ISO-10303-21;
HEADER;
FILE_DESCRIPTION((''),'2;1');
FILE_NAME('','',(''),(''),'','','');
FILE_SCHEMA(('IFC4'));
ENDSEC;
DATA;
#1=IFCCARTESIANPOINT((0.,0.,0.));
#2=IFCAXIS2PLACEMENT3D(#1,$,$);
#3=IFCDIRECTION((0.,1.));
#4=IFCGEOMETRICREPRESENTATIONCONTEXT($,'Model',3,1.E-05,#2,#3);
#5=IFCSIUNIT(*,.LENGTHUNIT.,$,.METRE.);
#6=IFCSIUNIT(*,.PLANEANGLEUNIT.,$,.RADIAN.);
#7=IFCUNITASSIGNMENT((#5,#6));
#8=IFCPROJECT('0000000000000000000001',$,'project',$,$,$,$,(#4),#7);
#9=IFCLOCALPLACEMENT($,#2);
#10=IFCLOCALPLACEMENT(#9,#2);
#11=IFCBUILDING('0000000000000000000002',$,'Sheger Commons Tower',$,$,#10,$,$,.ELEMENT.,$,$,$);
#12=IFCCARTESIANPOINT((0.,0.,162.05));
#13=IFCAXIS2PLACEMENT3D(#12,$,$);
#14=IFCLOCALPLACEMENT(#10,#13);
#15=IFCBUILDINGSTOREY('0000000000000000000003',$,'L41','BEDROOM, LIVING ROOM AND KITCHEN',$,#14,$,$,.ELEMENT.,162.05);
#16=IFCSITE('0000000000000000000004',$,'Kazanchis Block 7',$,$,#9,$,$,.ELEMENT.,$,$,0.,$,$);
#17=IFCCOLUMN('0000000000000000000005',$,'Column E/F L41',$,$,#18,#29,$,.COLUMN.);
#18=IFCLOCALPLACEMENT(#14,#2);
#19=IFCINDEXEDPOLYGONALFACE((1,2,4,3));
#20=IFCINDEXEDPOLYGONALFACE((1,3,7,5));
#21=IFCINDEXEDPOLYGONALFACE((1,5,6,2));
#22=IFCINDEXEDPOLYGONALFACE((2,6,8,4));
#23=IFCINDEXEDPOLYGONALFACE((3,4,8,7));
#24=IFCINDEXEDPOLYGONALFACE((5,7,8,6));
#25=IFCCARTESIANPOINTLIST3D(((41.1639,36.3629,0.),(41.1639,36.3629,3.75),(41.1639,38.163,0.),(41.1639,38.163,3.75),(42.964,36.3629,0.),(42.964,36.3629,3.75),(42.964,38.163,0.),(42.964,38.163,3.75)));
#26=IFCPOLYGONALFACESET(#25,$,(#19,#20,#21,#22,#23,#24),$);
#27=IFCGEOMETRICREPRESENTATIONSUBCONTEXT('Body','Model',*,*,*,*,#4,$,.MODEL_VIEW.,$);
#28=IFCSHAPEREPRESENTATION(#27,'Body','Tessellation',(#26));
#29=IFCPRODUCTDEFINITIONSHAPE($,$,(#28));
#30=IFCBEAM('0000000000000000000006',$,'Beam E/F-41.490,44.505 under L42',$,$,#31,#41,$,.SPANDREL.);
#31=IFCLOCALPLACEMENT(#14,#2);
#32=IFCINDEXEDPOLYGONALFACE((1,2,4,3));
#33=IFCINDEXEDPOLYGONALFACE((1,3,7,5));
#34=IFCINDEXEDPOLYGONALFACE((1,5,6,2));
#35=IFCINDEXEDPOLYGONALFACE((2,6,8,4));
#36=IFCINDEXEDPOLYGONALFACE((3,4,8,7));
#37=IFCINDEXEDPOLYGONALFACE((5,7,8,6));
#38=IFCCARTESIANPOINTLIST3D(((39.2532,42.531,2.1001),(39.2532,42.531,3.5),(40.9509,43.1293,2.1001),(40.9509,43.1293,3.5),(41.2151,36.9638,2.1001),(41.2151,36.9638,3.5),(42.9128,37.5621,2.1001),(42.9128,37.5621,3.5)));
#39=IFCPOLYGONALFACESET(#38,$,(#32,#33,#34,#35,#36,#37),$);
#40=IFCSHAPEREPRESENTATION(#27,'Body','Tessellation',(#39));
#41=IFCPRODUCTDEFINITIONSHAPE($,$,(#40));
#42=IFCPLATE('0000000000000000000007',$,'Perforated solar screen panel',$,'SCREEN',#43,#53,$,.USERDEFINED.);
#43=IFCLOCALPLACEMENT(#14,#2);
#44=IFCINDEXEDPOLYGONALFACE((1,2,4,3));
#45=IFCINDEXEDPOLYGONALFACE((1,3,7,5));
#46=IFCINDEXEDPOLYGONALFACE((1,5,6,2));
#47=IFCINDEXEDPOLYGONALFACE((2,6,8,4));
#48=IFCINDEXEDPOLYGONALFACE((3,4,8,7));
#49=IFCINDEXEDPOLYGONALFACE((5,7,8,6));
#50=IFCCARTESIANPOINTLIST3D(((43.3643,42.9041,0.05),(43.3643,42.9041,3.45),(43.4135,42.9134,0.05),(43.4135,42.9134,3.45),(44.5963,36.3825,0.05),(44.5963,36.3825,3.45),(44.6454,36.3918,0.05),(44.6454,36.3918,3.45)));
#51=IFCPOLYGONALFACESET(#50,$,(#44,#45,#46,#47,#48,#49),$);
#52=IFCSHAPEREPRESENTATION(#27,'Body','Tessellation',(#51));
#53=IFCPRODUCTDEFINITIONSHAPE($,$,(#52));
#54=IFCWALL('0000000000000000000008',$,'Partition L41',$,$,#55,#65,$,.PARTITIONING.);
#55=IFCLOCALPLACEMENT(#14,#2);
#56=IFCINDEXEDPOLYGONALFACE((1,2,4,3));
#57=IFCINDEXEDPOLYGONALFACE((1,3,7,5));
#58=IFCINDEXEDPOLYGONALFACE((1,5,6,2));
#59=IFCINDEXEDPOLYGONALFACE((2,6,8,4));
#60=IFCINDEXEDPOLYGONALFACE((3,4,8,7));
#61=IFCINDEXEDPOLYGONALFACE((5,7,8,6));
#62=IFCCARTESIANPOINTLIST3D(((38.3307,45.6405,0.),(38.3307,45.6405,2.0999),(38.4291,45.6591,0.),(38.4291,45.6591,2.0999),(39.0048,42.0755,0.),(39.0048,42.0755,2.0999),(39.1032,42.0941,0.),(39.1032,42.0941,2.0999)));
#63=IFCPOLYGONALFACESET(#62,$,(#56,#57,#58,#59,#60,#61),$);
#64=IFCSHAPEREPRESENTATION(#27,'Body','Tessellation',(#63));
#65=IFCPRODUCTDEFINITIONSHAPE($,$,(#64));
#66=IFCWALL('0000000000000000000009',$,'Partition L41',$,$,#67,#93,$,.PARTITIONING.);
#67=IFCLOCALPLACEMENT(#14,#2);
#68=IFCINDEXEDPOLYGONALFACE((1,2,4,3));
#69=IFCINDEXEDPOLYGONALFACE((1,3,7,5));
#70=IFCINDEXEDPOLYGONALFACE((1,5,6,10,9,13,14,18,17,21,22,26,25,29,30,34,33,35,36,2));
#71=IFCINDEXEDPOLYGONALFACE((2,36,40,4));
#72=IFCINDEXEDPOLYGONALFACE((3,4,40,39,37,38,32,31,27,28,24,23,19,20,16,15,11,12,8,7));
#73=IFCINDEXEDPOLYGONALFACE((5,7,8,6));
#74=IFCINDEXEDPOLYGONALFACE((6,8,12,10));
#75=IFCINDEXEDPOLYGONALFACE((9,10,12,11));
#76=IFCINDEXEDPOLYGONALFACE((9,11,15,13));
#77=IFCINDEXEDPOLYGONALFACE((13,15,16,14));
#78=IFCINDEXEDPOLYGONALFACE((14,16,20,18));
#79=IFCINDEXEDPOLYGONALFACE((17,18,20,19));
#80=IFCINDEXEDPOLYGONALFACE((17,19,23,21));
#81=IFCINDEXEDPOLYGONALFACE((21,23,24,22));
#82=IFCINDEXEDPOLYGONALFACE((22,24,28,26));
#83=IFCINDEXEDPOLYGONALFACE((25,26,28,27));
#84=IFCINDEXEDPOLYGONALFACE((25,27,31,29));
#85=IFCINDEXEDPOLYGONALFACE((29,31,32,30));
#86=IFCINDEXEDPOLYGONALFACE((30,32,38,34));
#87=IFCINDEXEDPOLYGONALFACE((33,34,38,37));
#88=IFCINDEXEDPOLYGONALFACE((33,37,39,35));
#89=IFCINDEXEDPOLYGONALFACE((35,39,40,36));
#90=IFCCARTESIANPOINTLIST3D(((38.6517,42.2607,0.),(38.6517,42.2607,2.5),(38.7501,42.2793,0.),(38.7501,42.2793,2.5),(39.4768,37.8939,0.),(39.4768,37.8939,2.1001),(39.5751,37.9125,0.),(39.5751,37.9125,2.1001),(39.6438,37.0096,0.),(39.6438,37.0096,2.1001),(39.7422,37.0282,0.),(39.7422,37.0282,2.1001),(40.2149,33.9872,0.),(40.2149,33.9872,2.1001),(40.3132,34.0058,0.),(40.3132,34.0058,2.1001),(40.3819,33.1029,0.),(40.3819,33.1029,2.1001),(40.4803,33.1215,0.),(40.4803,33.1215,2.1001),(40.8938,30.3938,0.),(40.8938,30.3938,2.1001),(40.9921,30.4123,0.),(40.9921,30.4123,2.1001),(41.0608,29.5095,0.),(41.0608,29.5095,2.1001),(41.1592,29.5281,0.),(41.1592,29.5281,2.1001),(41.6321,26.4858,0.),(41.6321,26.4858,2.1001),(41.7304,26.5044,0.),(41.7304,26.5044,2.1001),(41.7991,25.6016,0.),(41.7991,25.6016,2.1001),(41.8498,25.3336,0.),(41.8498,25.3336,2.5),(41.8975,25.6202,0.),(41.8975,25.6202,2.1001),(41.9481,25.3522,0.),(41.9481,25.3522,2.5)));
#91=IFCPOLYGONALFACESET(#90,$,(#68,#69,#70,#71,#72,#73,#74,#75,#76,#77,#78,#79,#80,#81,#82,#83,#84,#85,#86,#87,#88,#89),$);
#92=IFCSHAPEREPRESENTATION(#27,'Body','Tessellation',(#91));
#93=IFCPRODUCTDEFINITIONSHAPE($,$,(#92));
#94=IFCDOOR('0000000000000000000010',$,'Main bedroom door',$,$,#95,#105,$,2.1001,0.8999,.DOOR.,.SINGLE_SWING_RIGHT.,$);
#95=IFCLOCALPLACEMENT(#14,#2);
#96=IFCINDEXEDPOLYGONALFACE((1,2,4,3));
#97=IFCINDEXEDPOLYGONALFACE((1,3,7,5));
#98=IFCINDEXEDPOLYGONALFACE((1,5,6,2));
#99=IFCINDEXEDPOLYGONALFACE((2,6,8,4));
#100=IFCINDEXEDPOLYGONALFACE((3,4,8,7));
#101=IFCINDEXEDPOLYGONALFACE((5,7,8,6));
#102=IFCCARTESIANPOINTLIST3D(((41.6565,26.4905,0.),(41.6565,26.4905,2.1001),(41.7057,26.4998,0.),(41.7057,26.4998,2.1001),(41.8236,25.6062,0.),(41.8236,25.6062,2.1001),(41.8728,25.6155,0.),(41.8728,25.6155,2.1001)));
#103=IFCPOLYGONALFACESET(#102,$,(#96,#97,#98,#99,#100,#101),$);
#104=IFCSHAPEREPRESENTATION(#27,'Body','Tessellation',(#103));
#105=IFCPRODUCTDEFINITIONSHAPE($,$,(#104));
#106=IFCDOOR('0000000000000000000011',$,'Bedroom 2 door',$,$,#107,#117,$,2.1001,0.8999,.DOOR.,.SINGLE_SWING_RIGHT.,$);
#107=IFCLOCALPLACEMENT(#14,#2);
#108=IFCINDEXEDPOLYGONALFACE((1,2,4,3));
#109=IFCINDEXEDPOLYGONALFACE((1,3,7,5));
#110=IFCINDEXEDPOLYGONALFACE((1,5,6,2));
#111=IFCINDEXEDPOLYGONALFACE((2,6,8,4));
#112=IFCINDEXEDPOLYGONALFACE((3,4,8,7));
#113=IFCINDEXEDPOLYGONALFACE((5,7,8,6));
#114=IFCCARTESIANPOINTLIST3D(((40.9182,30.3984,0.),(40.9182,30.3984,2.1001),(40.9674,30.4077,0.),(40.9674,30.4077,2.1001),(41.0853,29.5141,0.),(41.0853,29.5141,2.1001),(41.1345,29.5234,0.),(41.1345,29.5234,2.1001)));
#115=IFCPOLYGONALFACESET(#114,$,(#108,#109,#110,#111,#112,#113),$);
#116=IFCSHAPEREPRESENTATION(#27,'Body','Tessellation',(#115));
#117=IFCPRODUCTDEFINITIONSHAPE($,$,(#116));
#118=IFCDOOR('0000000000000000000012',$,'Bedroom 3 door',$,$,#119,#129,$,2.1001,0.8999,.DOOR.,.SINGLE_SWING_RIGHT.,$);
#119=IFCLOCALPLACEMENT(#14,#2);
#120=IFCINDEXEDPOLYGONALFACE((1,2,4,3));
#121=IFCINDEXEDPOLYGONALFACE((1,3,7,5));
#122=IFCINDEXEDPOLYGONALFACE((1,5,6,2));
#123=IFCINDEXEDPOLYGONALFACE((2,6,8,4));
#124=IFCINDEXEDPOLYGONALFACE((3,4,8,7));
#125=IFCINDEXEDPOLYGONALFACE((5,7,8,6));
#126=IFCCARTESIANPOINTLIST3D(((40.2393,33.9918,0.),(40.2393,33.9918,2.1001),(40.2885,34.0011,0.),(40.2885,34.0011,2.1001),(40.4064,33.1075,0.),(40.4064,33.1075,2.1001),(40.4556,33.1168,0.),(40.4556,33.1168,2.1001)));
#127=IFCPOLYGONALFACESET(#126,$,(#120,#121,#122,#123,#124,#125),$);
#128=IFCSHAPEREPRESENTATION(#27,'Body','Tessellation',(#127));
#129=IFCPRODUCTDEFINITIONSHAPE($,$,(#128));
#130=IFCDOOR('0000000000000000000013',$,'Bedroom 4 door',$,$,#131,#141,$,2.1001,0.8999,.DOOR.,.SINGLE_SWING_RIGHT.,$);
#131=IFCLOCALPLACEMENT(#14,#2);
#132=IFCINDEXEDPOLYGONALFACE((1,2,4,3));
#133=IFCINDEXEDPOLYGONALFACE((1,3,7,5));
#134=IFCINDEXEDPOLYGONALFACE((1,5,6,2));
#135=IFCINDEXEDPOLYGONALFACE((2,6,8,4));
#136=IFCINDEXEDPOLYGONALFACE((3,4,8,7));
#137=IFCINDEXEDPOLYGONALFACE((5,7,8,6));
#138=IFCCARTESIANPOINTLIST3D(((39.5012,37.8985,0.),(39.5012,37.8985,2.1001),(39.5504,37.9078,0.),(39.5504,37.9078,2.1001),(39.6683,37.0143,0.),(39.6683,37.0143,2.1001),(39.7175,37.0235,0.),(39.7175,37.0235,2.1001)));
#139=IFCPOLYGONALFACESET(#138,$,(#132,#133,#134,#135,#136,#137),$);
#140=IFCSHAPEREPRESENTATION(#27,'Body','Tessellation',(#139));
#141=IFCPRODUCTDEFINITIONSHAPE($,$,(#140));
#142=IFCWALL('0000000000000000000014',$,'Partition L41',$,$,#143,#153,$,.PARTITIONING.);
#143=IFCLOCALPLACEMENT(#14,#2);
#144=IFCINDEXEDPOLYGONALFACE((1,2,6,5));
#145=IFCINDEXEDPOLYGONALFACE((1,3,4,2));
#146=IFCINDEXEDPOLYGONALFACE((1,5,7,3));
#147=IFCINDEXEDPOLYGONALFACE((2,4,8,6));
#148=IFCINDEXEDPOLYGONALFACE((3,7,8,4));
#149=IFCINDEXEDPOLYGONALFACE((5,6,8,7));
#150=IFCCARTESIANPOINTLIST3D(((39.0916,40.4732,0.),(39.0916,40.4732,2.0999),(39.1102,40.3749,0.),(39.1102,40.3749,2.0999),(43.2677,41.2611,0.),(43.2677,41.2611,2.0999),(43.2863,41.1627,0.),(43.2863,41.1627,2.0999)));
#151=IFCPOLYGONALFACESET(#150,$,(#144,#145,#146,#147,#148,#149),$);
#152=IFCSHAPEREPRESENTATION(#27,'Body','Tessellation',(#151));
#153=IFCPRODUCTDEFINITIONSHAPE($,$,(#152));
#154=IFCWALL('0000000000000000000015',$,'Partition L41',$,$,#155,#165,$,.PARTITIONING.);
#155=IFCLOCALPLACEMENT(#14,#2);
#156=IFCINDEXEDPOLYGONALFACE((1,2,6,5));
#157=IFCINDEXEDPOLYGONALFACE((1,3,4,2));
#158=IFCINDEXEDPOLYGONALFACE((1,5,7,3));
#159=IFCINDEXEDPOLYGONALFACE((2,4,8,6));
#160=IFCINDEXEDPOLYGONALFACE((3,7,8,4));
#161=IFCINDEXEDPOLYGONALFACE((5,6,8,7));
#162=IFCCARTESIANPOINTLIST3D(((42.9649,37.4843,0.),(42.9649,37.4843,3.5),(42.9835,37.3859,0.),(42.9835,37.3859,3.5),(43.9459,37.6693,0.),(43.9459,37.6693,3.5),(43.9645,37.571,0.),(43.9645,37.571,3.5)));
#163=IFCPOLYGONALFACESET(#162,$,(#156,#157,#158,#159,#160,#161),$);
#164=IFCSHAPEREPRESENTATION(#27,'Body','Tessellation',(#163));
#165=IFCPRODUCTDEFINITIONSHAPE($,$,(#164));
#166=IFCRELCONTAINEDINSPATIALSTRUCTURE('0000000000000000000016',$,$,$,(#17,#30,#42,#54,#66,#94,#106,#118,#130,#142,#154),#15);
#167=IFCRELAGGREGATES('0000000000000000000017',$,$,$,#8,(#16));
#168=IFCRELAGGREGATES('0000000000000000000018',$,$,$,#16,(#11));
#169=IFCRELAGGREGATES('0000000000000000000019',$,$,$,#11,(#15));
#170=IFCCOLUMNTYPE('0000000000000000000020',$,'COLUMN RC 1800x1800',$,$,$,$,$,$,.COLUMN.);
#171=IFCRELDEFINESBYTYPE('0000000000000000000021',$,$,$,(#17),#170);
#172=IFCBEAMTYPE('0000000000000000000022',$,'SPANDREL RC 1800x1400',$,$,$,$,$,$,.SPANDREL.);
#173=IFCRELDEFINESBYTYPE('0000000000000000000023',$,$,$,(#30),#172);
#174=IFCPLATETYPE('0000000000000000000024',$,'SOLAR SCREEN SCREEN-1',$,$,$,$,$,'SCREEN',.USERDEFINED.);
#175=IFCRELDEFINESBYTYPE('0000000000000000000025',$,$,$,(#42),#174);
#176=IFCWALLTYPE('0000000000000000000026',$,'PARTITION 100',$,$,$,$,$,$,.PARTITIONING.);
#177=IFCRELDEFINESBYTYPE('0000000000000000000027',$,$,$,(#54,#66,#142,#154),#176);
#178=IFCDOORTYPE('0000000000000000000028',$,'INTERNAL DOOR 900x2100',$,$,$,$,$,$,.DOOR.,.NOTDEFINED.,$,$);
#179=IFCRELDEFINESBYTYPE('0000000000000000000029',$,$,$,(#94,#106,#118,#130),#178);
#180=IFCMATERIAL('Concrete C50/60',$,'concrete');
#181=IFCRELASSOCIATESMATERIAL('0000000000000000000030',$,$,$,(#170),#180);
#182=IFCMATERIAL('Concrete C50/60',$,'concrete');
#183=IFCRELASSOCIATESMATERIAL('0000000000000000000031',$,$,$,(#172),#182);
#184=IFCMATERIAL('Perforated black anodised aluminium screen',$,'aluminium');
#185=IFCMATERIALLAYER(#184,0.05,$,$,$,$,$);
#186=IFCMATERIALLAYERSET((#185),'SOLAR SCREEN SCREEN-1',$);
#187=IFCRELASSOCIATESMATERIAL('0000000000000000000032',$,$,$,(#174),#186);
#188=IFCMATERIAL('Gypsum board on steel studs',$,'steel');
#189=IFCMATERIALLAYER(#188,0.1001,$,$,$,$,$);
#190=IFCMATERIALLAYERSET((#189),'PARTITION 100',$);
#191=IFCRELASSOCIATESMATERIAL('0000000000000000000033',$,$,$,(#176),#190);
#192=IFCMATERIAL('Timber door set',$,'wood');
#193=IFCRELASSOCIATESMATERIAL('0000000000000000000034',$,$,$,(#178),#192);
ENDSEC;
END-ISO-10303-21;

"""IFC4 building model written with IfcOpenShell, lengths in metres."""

from ifc_helpers import new_model, si_unit, direction, frame, frame_2d, origin, origin_2d, place, context, subcontext, project, spatial, rectangle, extrude, material, layer, layer_set, material_profile, profile_set, type_object, element, fill, save


model = new_model("IFC4")

# Units and contexts
model_context = context("Model", 3, precision=1e-05, world=origin(), true_north=direction((0.0, 1.0)))
body_context = subcontext(model_context, "Body", "Model", "MODEL_VIEW")
ifc_project = project(units=[si_unit("LENGTHUNIT", "METRE"), si_unit("PLANEANGLEUNIT", "RADIAN")], contexts=[model_context])

# Site, building, storey
site_placement = place(None, origin())
site = spatial("IfcSite", under=ifc_project, at=site_placement, Name="Kazanchis Block 7", CompositionType="ELEMENT", RefElevation=0.0)
building_placement = place(site_placement, origin())
building = spatial("IfcBuilding", under=site, at=building_placement, Name="Sheger Commons Tower", CompositionType="ELEMENT")
storey_placement = place(building_placement, frame((0.0, 0.0, 162.05)))
storey = spatial("IfcBuildingStorey", under=building, at=storey_placement, Name="L41", Description="BEDROOM, LIVING ROOM AND KITCHEN", CompositionType="ELEMENT", Elevation=162.05)

# Column
ifc_material_1 = material(Name="Concrete C50/60", Category="concrete")
ifc_material_profile_1 = material_profile(ifc_material_1, rectangle(XDim=1.8, YDim=1.8, at=origin_2d()), Name="RC 1800x1800")
ifc_profile_set_1 = profile_set([ifc_material_profile_1], Name="Concrete C50/60")
column_type = type_object("IfcColumnType", Name="COLUMN RC 1800x1800", PredefinedType="COLUMN", material=ifc_profile_set_1)
column_placement = place(storey_placement, frame((42.064, 37.2629, 0.0), z_axis=(0.0, 0.0, 1.0), x_axis=(1.0, 0.0, 0.0)))
element("IfcColumn", 1, at=column_placement, inside=storey, type_object=column_type, Name="Column E/F L41", PredefinedType="COLUMN", context=body_context, shape_type="SweptSolid", body=[
    extrude(rectangle(XDim=1.8, YDim=1.8, at=origin_2d()), origin(), (0.0, 0.0, 1.0), 3.75),
])

# Beam
ifc_material_2 = material(Name="Concrete C50/60", Category="concrete")
ifc_material_profile_2 = material_profile(ifc_material_2, rectangle(XDim=1.8, YDim=1.3999, at=origin_2d()), Name="RC 1800x1400")
ifc_profile_set_2 = profile_set([ifc_material_profile_2], Name="Concrete C50/60")
beam_type = type_object("IfcBeamType", Name="SPANDREL RC 1800x1400", PredefinedType="SPANDREL", material=ifc_profile_set_2)
beam_placement = place(storey_placement, frame((42.064, 37.2629, 2.8), z_axis=(-0.332374, 0.943148, 0.0), x_axis=(-0.943148, -0.332374, 0.0)))
element("IfcBeam", 2, at=beam_placement, inside=storey, type_object=beam_type, Name="Beam E/F-41.490,44.505 under L42", PredefinedType="SPANDREL", context=body_context, shape_type="SweptSolid", body=[
    extrude(rectangle(XDim=1.8, YDim=1.3999, at=origin_2d()), origin(), (0.0, 0.0, 1.0), 5.9028),
])

# Plate
ifc_material_3 = material(Name="Perforated black anodised aluminium screen", Category="aluminium")
ifc_layer_1 = layer(ifc_material_3, 0.05)
ifc_layer_set_1 = layer_set([ifc_layer_1], Name="SOLAR SCREEN SCREEN-1")
plate_type = type_object("IfcPlateType", Name="SOLAR SCREEN SCREEN-1", ElementType="SCREEN", PredefinedType="USERDEFINED", material=ifc_layer_set_1)
plate_placement = place(storey_placement, frame((44.0049, 39.6479, 0.05), z_axis=(0.0, 0.0, 1.0), x_axis=(-0.185615, 0.982623, 0.0)))
element("IfcPlate", 3, at=plate_placement, inside=storey, type_object=plate_type, Name="Perforated solar screen panel", ObjectType="SCREEN", PredefinedType="USERDEFINED", context=body_context, shape_type="SweptSolid", body=[
    extrude(rectangle(XDim=6.637, YDim=0.05, at=origin_2d()), origin(), (0.0, 0.0, 1.0), 3.3999),
])

# Wall
ifc_material_4 = material(Name="Gypsum board on steel studs", Category="steel")
ifc_layer_2 = layer(ifc_material_4, 0.1001)
ifc_layer_set_2 = layer_set([ifc_layer_2], Name="PARTITION 100")
wall_type = type_object("IfcWallType", Name="PARTITION 100", PredefinedType="PARTITIONING", material=ifc_layer_set_2)
wall_1_placement = place(storey_placement, frame((39.054, 42.085, 0.0), z_axis=(0.0, 0.0, 1.0), x_axis=(-0.185792, 0.982589, 0.0)))
element("IfcWall", 4, at=wall_1_placement, inside=storey, type_object=wall_type, Name="Partition L41", PredefinedType="PARTITIONING", context=body_context, shape_type="SweptSolid", body=[
    extrude(rectangle(XDim=3.6282, YDim=0.1001, at=frame_2d((1.814, 0.0))), origin(), (0.0, 0.0, 1.0), 2.0999),
])

# Wall, openings, doors
wall_2_placement = place(storey_placement, frame((38.7009, 42.27, 0.0), z_axis=(0.0, 0.0, 1.0), x_axis=(0.185645, -0.982617, 0.0)))
wall_2 = element("IfcWall", 5, at=wall_2_placement, inside=storey, type_object=wall_type, Name="Partition L41", PredefinedType="PARTITIONING", context=body_context, shape_type="SweptSolid", body=[
    extrude(rectangle(XDim=17.2266, YDim=0.1001, at=frame_2d((8.6133, 0.0))), origin(), (0.0, 0.0, 1.0), 2.5),
])
opening_1_placement = place(wall_2_placement, frame((16.054, 0.0, 0.0)))
opening_1 = element("IfcOpeningElement", 6, at=opening_1_placement, cuts=wall_2, PredefinedType="OPENING", context=body_context, shape_type="SweptSolid", body=[
    extrude(rectangle(XDim=0.8999, YDim=2.1001, at=frame_2d((0.45, 1.05))), frame((0.0, 0.0601, 0.0), z_axis=(0.0, -1.0, 0.0), x_axis=(1.0, 0.0, 0.0)), (0.0, 0.0, 1.0), 0.1201),
])
opening_2_placement = place(wall_2_placement, frame((12.0769, 0.0, 0.0)))
opening_2 = element("IfcOpeningElement", 7, at=opening_2_placement, cuts=wall_2, PredefinedType="OPENING", context=body_context, shape_type="SweptSolid", body=[
    extrude(rectangle(XDim=0.8999, YDim=2.1001, at=frame_2d((0.45, 1.05))), frame((0.0, 0.0601, 0.0), z_axis=(0.0, -1.0, 0.0), x_axis=(1.0, 0.0, 0.0)), (0.0, 0.0, 1.0), 0.1201),
])
opening_3_placement = place(wall_2_placement, frame((8.4199, 0.0, 0.0)))
opening_3 = element("IfcOpeningElement", 8, at=opening_3_placement, cuts=wall_2, PredefinedType="OPENING", context=body_context, shape_type="SweptSolid", body=[
    extrude(rectangle(XDim=0.8999, YDim=2.1001, at=frame_2d((0.45, 1.05))), frame((0.0, 0.0601, 0.0), z_axis=(0.0, -1.0, 0.0), x_axis=(1.0, 0.0, 0.0)), (0.0, 0.0, 1.0), 0.1201),
])
opening_4_placement = place(wall_2_placement, frame((4.4441, 0.0, 0.0)))
opening_4 = element("IfcOpeningElement", 9, at=opening_4_placement, cuts=wall_2, PredefinedType="OPENING", context=body_context, shape_type="SweptSolid", body=[
    extrude(rectangle(XDim=0.8999, YDim=2.1001, at=frame_2d((0.45, 1.05))), frame((0.0, 0.0601, 0.0), z_axis=(0.0, -1.0, 0.0), x_axis=(1.0, 0.0, 0.0)), (0.0, 0.0, 1.0), 0.1201),
])
ifc_material_5 = material(Name="Timber door set", Category="wood")
door_type = type_object("IfcDoorType", Name="INTERNAL DOOR 900x2100", OperationType="NOTDEFINED", PredefinedType="DOOR", material=ifc_material_5)
door_1_placement = place(opening_1_placement, origin())
door_1 = element("IfcDoor", 10, at=door_1_placement, inside=storey, type_object=door_type, Name="Main bedroom door", OperationType="SINGLE_SWING_RIGHT", OverallHeight=2.1001, OverallWidth=0.8999, PredefinedType="DOOR", context=body_context, shape_type="SweptSolid", body=[
    extrude(rectangle(XDim=0.8999, YDim=2.1001, at=frame_2d((0.45, 1.05))), frame((0.0, 0.0249, 0.0), z_axis=(0.0, -1.0, 0.0), x_axis=(1.0, 0.0, 0.0)), (0.0, 0.0, 1.0), 0.05),
])
fill(opening_1, door_1)
door_2_placement = place(opening_2_placement, origin())
door_2 = element("IfcDoor", 11, at=door_2_placement, inside=storey, type_object=door_type, Name="Bedroom 2 door", OperationType="SINGLE_SWING_RIGHT", OverallHeight=2.1001, OverallWidth=0.8999, PredefinedType="DOOR", context=body_context, shape_type="SweptSolid", body=[
    extrude(rectangle(XDim=0.8999, YDim=2.1001, at=frame_2d((0.45, 1.05))), frame((0.0, 0.0249, 0.0), z_axis=(0.0, -1.0, 0.0), x_axis=(1.0, 0.0, 0.0)), (0.0, 0.0, 1.0), 0.05),
])
fill(opening_2, door_2)
door_3_placement = place(opening_3_placement, origin())
door_3 = element("IfcDoor", 12, at=door_3_placement, inside=storey, type_object=door_type, Name="Bedroom 3 door", OperationType="SINGLE_SWING_RIGHT", OverallHeight=2.1001, OverallWidth=0.8999, PredefinedType="DOOR", context=body_context, shape_type="SweptSolid", body=[
    extrude(rectangle(XDim=0.8999, YDim=2.1001, at=frame_2d((0.45, 1.05))), frame((0.0, 0.0249, 0.0), z_axis=(0.0, -1.0, 0.0), x_axis=(1.0, 0.0, 0.0)), (0.0, 0.0, 1.0), 0.05),
])
fill(opening_3, door_3)
door_4_placement = place(opening_4_placement, origin())
door_4 = element("IfcDoor", 13, at=door_4_placement, inside=storey, type_object=door_type, Name="Bedroom 4 door", OperationType="SINGLE_SWING_RIGHT", OverallHeight=2.1001, OverallWidth=0.8999, PredefinedType="DOOR", context=body_context, shape_type="SweptSolid", body=[
    extrude(rectangle(XDim=0.8999, YDim=2.1001, at=frame_2d((0.45, 1.05))), frame((0.0, 0.0249, 0.0), z_axis=(0.0, -1.0, 0.0), x_axis=(1.0, 0.0, 0.0)), (0.0, 0.0, 1.0), 0.05),
])
fill(opening_4, door_4)

# Walls
wall_3_placement = place(storey_placement, frame((43.2771, 41.2119, 0.0), z_axis=(0.0, 0.0, 1.0), x_axis=(-0.982665, -0.185388, 0.0)))
element("IfcWall", 14, at=wall_3_placement, inside=storey, type_object=wall_type, Name="Partition L41", PredefinedType="PARTITIONING", context=body_context, shape_type="SweptSolid", body=[
    extrude(rectangle(XDim=4.2498, YDim=0.1001, at=frame_2d((2.125, 0.0))), origin(), (0.0, 0.0, 1.0), 2.0999),
])
wall_4_placement = place(storey_placement, frame((43.9551, 37.6201, 0.0), z_axis=(0.0, 0.0, 1.0), x_axis=(-0.982667, -0.185381, 0.0)))
element("IfcWall", 15, at=wall_4_placement, inside=storey, type_object=wall_type, Name="Partition L41", PredefinedType="PARTITIONING", context=body_context, shape_type="SweptSolid", body=[
    extrude(rectangle(XDim=0.9983, YDim=0.1001, at=frame_2d((0.499, 0.0))), origin(), (0.0, 0.0, 1.0), 3.5),
])

save(model, "model.ifc")
